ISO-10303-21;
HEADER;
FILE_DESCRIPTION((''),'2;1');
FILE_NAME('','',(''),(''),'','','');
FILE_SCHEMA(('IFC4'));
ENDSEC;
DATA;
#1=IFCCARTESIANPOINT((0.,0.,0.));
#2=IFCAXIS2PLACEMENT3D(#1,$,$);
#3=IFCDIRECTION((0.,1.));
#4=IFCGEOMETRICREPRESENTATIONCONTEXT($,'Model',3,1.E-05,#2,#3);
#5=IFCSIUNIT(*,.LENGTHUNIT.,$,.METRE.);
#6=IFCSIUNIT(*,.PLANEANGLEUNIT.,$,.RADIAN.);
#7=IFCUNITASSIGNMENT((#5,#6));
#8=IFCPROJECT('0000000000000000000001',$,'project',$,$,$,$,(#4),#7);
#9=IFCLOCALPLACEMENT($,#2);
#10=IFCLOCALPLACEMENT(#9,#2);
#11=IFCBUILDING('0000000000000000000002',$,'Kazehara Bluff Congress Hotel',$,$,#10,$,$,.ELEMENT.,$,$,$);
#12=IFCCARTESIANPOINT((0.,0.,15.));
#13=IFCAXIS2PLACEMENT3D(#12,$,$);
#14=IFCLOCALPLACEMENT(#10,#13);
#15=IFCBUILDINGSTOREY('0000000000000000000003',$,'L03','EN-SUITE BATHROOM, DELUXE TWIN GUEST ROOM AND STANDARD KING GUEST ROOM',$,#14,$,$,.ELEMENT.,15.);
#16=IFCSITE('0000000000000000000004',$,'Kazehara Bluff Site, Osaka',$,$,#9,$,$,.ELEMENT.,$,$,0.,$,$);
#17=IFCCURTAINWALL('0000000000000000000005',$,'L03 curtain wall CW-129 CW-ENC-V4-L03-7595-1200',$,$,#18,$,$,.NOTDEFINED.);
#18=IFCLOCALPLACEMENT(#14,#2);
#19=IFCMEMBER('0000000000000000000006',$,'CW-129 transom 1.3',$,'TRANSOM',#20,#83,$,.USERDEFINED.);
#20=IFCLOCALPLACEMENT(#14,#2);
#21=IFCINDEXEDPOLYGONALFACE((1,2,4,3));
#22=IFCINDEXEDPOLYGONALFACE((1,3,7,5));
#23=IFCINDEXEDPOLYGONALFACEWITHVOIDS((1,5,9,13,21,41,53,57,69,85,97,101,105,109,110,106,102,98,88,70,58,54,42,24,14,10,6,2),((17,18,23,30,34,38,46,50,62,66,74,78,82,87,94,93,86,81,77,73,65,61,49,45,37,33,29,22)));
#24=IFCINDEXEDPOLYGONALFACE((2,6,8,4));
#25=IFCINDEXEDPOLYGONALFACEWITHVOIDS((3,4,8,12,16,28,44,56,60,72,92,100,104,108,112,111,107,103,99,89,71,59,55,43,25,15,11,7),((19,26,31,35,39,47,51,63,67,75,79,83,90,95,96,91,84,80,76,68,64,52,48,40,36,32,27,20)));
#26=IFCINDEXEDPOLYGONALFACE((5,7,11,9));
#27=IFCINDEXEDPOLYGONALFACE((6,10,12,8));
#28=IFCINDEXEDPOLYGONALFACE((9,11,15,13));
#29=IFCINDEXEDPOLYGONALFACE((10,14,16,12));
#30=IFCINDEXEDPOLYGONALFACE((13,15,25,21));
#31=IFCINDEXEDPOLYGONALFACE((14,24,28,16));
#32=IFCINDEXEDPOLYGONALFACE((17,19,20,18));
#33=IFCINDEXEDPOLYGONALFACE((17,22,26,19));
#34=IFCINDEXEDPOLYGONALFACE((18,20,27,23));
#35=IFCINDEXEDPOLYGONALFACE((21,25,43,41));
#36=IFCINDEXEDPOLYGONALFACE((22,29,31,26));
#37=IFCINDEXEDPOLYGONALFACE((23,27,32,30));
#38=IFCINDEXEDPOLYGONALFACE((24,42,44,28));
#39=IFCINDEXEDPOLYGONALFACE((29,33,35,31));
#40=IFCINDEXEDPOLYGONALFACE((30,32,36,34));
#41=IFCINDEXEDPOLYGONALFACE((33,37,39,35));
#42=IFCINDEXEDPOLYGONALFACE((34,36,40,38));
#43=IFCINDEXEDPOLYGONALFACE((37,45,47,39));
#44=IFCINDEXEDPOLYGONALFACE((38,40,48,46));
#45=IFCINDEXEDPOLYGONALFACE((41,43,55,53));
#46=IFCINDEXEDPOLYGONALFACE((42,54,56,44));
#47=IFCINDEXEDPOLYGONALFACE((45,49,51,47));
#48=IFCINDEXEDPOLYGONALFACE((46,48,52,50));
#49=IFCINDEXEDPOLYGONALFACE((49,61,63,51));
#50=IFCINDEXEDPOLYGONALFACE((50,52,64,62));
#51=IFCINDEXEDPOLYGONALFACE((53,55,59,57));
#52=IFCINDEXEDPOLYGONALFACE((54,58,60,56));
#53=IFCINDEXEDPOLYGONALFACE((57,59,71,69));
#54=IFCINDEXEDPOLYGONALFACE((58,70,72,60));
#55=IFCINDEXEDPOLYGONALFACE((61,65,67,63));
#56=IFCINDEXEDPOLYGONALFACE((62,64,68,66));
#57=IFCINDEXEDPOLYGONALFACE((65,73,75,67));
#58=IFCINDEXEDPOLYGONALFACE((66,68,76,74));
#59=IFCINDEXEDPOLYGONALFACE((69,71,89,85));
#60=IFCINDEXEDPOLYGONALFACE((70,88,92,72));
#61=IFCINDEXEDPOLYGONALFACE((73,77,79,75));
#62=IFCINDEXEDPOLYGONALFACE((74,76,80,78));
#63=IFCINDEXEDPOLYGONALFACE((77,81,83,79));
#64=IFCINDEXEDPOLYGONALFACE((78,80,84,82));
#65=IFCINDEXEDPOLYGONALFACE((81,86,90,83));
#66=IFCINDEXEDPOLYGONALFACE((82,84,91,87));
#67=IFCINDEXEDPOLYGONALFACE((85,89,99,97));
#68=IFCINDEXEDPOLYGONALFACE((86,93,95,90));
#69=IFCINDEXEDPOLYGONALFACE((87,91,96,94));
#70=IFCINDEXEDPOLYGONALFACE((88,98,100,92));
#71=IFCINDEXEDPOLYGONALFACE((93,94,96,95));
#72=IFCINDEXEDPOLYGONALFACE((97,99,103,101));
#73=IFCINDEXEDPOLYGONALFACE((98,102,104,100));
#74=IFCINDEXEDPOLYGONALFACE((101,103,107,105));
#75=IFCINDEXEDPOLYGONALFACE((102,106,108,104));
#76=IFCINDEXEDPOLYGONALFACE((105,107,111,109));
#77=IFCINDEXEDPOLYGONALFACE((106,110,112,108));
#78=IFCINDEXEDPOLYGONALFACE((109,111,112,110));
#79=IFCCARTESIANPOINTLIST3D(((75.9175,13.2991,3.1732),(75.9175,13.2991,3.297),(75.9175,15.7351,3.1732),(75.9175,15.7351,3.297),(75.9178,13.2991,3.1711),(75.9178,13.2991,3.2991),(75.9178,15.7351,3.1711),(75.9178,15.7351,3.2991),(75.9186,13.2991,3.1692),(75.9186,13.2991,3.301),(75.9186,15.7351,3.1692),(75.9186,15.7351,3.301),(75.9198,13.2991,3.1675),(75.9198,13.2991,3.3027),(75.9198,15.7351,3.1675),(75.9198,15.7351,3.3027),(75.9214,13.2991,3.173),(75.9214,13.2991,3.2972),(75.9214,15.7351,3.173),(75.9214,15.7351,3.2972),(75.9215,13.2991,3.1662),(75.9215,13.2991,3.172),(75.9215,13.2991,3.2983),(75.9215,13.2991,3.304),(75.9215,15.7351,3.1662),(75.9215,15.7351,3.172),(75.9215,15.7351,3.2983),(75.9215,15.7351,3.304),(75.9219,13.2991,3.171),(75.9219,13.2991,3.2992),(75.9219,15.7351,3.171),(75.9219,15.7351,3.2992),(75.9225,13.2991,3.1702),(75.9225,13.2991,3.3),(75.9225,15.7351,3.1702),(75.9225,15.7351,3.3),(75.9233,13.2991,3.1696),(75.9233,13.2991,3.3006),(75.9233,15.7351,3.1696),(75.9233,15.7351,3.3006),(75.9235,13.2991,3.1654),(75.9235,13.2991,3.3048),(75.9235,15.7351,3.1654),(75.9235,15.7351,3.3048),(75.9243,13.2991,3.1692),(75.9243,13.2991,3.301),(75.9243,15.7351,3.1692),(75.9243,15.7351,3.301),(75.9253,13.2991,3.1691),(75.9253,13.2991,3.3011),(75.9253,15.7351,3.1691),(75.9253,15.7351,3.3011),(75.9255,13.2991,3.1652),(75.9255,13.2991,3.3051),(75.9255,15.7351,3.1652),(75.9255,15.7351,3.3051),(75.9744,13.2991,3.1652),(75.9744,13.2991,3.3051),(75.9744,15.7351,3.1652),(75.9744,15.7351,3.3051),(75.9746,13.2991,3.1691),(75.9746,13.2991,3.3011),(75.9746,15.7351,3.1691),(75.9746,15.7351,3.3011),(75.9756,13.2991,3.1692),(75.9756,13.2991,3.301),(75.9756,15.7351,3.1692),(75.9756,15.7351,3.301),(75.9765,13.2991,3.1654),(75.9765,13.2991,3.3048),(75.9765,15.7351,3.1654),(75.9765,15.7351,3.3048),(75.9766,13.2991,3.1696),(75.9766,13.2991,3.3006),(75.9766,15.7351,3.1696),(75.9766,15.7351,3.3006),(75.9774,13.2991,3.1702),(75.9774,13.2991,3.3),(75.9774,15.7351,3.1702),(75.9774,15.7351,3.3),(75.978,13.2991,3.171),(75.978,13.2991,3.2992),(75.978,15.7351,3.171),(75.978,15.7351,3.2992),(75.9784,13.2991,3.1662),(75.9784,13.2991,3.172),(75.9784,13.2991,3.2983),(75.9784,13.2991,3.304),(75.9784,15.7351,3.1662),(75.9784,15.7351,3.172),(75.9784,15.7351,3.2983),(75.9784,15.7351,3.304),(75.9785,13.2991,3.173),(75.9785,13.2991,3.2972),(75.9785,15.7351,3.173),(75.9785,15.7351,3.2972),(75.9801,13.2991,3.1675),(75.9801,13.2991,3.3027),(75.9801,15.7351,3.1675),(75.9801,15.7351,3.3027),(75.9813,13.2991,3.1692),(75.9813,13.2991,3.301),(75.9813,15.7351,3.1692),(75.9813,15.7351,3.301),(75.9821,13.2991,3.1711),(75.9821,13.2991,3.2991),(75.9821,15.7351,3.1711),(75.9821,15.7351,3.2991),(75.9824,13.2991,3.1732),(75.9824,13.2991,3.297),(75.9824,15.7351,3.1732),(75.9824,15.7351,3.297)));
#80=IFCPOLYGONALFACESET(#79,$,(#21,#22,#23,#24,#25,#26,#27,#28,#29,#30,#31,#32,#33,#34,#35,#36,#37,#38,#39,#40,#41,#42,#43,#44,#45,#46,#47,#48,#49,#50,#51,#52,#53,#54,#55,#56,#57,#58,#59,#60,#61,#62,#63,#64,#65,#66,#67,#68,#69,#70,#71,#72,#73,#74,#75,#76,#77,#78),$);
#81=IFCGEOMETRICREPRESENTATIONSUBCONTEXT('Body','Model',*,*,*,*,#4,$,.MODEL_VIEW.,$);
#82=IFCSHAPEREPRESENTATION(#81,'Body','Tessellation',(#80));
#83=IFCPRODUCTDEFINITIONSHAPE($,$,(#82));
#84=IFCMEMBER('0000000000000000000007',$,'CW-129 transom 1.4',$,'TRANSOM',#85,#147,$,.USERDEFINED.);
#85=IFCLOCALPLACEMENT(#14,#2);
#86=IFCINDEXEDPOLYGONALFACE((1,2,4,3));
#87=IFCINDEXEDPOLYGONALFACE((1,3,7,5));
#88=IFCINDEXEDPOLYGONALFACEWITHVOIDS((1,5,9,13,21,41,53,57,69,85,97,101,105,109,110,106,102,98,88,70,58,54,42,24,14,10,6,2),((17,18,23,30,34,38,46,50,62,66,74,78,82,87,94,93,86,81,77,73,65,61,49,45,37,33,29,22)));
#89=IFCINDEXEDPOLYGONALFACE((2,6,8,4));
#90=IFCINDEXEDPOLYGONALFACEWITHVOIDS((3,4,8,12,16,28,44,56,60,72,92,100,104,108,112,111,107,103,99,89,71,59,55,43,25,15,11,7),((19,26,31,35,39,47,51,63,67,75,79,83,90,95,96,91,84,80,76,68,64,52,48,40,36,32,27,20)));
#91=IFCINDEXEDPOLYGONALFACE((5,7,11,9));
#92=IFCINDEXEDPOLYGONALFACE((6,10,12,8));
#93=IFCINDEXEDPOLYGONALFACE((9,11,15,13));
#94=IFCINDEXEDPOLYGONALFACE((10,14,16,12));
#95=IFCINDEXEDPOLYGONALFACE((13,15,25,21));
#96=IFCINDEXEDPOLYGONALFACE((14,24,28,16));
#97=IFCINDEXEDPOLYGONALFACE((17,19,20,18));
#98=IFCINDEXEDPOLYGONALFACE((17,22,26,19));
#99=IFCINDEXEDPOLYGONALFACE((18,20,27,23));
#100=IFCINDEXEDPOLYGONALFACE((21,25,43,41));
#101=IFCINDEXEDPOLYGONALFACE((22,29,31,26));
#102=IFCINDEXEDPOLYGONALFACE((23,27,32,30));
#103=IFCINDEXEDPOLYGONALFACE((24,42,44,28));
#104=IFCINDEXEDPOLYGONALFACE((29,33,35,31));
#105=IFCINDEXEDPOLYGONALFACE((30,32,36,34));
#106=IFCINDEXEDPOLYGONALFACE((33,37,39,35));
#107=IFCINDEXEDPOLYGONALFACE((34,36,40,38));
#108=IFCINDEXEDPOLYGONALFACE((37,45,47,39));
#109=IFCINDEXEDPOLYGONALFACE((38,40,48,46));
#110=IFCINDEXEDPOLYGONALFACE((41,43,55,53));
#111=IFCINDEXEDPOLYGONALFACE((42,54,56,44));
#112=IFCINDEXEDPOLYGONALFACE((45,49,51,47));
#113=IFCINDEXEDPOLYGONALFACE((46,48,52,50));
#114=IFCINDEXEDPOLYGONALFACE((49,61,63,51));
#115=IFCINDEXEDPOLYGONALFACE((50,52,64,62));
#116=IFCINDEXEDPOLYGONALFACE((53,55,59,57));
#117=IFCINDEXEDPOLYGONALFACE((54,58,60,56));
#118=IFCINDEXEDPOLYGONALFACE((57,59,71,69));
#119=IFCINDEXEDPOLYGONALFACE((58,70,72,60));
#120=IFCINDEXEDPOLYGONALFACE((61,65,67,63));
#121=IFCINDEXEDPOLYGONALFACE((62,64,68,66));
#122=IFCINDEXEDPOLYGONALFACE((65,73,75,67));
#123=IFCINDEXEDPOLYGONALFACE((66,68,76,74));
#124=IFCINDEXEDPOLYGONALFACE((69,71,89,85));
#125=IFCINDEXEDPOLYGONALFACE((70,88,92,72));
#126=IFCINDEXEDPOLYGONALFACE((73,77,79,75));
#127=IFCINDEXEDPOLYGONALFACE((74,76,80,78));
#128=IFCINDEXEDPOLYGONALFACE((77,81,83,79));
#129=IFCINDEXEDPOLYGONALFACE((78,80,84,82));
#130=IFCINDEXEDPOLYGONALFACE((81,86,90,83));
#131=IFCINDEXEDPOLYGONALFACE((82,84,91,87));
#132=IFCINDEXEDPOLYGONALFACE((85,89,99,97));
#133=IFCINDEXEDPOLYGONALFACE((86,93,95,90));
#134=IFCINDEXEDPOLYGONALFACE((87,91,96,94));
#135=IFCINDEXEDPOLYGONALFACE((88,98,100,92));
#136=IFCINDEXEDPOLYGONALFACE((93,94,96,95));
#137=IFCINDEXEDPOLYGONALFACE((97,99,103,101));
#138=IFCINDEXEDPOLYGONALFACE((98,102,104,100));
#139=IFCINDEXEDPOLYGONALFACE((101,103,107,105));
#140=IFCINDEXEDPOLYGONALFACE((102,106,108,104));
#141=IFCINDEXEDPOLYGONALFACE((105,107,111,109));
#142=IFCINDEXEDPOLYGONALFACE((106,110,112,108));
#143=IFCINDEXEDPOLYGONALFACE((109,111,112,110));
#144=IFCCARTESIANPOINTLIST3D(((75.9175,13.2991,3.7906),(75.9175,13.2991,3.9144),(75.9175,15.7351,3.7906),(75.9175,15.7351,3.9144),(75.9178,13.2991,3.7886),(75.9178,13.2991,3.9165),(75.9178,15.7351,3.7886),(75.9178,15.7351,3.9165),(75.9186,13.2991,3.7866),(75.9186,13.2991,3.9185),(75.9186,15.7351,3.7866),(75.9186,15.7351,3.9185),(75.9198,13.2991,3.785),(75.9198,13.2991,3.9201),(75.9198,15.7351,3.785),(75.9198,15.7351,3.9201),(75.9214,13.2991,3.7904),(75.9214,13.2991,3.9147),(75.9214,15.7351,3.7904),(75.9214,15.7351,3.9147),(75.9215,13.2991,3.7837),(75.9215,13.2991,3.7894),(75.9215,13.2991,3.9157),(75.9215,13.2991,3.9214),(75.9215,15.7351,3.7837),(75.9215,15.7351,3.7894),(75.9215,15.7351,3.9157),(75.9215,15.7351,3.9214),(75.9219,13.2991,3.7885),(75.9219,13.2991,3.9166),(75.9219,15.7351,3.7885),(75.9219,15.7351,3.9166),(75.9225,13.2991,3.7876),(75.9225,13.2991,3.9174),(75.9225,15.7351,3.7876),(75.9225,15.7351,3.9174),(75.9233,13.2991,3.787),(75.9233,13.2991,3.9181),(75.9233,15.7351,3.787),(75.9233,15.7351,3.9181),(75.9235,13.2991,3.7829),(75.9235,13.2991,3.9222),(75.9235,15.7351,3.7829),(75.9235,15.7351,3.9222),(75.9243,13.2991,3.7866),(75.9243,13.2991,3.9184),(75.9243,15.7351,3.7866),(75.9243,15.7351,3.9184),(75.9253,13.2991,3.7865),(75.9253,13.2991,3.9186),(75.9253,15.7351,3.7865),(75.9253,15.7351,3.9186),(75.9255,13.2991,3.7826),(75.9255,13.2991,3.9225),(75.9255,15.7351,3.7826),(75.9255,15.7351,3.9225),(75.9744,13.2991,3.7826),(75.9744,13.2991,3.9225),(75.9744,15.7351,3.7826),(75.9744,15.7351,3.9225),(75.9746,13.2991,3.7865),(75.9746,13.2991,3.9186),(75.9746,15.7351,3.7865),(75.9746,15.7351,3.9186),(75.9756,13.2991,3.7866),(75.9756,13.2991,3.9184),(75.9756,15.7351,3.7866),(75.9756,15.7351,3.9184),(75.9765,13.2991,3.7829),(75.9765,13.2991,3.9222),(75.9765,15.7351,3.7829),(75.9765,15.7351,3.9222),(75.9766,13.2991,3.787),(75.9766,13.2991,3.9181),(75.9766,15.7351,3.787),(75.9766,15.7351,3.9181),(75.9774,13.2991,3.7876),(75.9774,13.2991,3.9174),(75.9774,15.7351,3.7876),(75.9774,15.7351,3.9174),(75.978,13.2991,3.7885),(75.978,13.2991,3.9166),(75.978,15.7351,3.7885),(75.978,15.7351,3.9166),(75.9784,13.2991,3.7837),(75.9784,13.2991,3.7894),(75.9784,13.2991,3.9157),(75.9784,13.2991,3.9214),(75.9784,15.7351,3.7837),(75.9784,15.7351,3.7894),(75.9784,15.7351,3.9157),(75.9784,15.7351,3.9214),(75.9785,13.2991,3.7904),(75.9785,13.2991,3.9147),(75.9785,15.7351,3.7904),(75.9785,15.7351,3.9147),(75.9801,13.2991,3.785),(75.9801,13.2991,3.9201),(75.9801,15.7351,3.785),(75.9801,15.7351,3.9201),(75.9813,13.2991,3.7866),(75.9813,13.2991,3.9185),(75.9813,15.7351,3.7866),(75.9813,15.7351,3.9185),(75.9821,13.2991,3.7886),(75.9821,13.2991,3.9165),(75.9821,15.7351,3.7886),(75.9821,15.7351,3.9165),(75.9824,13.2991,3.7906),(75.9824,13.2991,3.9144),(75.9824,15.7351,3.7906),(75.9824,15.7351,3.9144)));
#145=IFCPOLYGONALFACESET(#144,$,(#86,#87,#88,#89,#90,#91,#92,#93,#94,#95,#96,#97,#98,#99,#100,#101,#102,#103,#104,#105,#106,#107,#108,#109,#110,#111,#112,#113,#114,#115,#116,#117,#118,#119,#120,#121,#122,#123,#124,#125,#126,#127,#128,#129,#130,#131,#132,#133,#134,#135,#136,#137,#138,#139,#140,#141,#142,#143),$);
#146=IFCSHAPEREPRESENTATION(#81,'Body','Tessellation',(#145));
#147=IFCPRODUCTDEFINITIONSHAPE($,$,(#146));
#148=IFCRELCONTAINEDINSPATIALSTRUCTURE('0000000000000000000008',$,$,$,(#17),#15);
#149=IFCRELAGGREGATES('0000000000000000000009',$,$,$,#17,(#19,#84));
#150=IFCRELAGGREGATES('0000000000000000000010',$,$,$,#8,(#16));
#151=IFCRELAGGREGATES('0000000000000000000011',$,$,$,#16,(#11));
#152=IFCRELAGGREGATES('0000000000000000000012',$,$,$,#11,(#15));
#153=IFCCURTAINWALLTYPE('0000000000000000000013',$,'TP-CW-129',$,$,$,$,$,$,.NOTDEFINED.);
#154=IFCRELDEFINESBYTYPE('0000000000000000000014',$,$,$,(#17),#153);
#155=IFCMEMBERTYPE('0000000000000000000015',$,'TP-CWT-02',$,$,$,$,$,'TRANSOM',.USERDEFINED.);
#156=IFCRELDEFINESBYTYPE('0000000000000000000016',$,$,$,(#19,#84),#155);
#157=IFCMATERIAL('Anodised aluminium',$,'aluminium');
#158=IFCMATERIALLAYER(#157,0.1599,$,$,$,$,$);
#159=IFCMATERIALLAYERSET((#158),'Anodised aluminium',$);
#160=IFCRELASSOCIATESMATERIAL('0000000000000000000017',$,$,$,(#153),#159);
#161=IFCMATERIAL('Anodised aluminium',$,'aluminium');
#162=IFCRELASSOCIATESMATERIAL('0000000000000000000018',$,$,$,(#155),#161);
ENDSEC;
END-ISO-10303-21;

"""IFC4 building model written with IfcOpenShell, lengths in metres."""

from ifc_helpers import new_model, si_unit, direction, frame, origin, origin_2d, place, context, subcontext, project, spatial, hollow_rectangle, extrude, material, layer, layer_set, material_profile, profile_set, type_object, element, aggregate, save


model = new_model("IFC4")

# Units and contexts
model_context = context("Model", 3, precision=1e-05, world=origin(), true_north=direction((0.0, 1.0)))
body_context = subcontext(model_context, "Body", "Model", "MODEL_VIEW")
ifc_project = project(units=[si_unit("LENGTHUNIT", "METRE"), si_unit("PLANEANGLEUNIT", "RADIAN")], contexts=[model_context])

# Site, building, storey
site_placement = place(None, origin())
site = spatial("IfcSite", under=ifc_project, at=site_placement, Name="Kazehara Bluff Site, Osaka", CompositionType="ELEMENT", RefElevation=0.0)
building_placement = place(site_placement, origin())
building = spatial("IfcBuilding", under=site, at=building_placement, Name="Kazehara Bluff Congress Hotel", CompositionType="ELEMENT")
storey_placement = place(building_placement, frame((0.0, 0.0, 15.0)))
storey = spatial("IfcBuildingStorey", under=building, at=storey_placement, Name="L03", Description="EN-SUITE BATHROOM, DELUXE TWIN GUEST ROOM AND STANDARD KING GUEST ROOM", CompositionType="ELEMENT", Elevation=15.0)

# Curtain wall, members
ifc_material_1 = material(Name="Anodised aluminium", Category="aluminium")
ifc_layer_1 = layer(ifc_material_1, 0.1599)
ifc_layer_set_1 = layer_set([ifc_layer_1], Name="Anodised aluminium")
curtain_wall_type = type_object("IfcCurtainWallType", Name="TP-CW-129", PredefinedType="NOTDEFINED", material=ifc_layer_set_1)
curtain_wall_placement = place(storey_placement, origin())
curtain_wall = element("IfcCurtainWall", 1, at=curtain_wall_placement, inside=storey, type_object=curtain_wall_type, Name="L03 curtain wall CW-129 CW-ENC-V4-L03-7595-1200", PredefinedType="NOTDEFINED")
ifc_material_2 = material(Name="Anodised aluminium", Category="aluminium")
ifc_material_profile_1 = material_profile(ifc_material_2, hollow_rectangle(XDim=0.0649, YDim=0.1399, WallThickness=0.0039, InnerFilletRadius=0.0039, OuterFilletRadius=0.0081, at=origin_2d()))
ifc_profile_set_1 = profile_set([ifc_material_profile_1], Name="Anodised aluminium")
member_type_1 = type_object("IfcMemberType", Name="TP-CWT-02", ElementType="TRANSOM", PredefinedType="USERDEFINED", material=ifc_profile_set_1)
member_1_placement = place(storey_placement, frame((75.95, 15.7351, 3.2351), z_axis=(0.0, -1.0, 0.0), x_axis=(1.0, 0.0, 0.0)))
member_1 = element("IfcMember", 2, at=member_1_placement, type_object=member_type_1, Name="CW-129 transom 1.3", ObjectType="TRANSOM", PredefinedType="USERDEFINED", context=body_context, shape_type="SweptSolid", body=[
    extrude(hollow_rectangle(XDim=0.0649, YDim=0.1399, WallThickness=0.0039, InnerFilletRadius=0.0039, OuterFilletRadius=0.0081, at=origin_2d()), origin(), (0.0, 0.0, 1.0), 2.436),
])
member_2_placement = place(storey_placement, frame((75.95, 15.7351, 3.8525), z_axis=(0.0, -1.0, 0.0), x_axis=(1.0, 0.0, 0.0)))
member_2 = element("IfcMember", 3, at=member_2_placement, type_object=member_type_1, Name="CW-129 transom 1.4", ObjectType="TRANSOM", PredefinedType="USERDEFINED", context=body_context, shape_type="SweptSolid", body=[
    extrude(hollow_rectangle(XDim=0.0649, YDim=0.1399, WallThickness=0.0039, InnerFilletRadius=0.0039, OuterFilletRadius=0.0081, at=origin_2d()), origin(), (0.0, 0.0, 1.0), 2.436),
])

aggregate(curtain_wall, [member_1, member_2])

save(model, "model.ifc")
